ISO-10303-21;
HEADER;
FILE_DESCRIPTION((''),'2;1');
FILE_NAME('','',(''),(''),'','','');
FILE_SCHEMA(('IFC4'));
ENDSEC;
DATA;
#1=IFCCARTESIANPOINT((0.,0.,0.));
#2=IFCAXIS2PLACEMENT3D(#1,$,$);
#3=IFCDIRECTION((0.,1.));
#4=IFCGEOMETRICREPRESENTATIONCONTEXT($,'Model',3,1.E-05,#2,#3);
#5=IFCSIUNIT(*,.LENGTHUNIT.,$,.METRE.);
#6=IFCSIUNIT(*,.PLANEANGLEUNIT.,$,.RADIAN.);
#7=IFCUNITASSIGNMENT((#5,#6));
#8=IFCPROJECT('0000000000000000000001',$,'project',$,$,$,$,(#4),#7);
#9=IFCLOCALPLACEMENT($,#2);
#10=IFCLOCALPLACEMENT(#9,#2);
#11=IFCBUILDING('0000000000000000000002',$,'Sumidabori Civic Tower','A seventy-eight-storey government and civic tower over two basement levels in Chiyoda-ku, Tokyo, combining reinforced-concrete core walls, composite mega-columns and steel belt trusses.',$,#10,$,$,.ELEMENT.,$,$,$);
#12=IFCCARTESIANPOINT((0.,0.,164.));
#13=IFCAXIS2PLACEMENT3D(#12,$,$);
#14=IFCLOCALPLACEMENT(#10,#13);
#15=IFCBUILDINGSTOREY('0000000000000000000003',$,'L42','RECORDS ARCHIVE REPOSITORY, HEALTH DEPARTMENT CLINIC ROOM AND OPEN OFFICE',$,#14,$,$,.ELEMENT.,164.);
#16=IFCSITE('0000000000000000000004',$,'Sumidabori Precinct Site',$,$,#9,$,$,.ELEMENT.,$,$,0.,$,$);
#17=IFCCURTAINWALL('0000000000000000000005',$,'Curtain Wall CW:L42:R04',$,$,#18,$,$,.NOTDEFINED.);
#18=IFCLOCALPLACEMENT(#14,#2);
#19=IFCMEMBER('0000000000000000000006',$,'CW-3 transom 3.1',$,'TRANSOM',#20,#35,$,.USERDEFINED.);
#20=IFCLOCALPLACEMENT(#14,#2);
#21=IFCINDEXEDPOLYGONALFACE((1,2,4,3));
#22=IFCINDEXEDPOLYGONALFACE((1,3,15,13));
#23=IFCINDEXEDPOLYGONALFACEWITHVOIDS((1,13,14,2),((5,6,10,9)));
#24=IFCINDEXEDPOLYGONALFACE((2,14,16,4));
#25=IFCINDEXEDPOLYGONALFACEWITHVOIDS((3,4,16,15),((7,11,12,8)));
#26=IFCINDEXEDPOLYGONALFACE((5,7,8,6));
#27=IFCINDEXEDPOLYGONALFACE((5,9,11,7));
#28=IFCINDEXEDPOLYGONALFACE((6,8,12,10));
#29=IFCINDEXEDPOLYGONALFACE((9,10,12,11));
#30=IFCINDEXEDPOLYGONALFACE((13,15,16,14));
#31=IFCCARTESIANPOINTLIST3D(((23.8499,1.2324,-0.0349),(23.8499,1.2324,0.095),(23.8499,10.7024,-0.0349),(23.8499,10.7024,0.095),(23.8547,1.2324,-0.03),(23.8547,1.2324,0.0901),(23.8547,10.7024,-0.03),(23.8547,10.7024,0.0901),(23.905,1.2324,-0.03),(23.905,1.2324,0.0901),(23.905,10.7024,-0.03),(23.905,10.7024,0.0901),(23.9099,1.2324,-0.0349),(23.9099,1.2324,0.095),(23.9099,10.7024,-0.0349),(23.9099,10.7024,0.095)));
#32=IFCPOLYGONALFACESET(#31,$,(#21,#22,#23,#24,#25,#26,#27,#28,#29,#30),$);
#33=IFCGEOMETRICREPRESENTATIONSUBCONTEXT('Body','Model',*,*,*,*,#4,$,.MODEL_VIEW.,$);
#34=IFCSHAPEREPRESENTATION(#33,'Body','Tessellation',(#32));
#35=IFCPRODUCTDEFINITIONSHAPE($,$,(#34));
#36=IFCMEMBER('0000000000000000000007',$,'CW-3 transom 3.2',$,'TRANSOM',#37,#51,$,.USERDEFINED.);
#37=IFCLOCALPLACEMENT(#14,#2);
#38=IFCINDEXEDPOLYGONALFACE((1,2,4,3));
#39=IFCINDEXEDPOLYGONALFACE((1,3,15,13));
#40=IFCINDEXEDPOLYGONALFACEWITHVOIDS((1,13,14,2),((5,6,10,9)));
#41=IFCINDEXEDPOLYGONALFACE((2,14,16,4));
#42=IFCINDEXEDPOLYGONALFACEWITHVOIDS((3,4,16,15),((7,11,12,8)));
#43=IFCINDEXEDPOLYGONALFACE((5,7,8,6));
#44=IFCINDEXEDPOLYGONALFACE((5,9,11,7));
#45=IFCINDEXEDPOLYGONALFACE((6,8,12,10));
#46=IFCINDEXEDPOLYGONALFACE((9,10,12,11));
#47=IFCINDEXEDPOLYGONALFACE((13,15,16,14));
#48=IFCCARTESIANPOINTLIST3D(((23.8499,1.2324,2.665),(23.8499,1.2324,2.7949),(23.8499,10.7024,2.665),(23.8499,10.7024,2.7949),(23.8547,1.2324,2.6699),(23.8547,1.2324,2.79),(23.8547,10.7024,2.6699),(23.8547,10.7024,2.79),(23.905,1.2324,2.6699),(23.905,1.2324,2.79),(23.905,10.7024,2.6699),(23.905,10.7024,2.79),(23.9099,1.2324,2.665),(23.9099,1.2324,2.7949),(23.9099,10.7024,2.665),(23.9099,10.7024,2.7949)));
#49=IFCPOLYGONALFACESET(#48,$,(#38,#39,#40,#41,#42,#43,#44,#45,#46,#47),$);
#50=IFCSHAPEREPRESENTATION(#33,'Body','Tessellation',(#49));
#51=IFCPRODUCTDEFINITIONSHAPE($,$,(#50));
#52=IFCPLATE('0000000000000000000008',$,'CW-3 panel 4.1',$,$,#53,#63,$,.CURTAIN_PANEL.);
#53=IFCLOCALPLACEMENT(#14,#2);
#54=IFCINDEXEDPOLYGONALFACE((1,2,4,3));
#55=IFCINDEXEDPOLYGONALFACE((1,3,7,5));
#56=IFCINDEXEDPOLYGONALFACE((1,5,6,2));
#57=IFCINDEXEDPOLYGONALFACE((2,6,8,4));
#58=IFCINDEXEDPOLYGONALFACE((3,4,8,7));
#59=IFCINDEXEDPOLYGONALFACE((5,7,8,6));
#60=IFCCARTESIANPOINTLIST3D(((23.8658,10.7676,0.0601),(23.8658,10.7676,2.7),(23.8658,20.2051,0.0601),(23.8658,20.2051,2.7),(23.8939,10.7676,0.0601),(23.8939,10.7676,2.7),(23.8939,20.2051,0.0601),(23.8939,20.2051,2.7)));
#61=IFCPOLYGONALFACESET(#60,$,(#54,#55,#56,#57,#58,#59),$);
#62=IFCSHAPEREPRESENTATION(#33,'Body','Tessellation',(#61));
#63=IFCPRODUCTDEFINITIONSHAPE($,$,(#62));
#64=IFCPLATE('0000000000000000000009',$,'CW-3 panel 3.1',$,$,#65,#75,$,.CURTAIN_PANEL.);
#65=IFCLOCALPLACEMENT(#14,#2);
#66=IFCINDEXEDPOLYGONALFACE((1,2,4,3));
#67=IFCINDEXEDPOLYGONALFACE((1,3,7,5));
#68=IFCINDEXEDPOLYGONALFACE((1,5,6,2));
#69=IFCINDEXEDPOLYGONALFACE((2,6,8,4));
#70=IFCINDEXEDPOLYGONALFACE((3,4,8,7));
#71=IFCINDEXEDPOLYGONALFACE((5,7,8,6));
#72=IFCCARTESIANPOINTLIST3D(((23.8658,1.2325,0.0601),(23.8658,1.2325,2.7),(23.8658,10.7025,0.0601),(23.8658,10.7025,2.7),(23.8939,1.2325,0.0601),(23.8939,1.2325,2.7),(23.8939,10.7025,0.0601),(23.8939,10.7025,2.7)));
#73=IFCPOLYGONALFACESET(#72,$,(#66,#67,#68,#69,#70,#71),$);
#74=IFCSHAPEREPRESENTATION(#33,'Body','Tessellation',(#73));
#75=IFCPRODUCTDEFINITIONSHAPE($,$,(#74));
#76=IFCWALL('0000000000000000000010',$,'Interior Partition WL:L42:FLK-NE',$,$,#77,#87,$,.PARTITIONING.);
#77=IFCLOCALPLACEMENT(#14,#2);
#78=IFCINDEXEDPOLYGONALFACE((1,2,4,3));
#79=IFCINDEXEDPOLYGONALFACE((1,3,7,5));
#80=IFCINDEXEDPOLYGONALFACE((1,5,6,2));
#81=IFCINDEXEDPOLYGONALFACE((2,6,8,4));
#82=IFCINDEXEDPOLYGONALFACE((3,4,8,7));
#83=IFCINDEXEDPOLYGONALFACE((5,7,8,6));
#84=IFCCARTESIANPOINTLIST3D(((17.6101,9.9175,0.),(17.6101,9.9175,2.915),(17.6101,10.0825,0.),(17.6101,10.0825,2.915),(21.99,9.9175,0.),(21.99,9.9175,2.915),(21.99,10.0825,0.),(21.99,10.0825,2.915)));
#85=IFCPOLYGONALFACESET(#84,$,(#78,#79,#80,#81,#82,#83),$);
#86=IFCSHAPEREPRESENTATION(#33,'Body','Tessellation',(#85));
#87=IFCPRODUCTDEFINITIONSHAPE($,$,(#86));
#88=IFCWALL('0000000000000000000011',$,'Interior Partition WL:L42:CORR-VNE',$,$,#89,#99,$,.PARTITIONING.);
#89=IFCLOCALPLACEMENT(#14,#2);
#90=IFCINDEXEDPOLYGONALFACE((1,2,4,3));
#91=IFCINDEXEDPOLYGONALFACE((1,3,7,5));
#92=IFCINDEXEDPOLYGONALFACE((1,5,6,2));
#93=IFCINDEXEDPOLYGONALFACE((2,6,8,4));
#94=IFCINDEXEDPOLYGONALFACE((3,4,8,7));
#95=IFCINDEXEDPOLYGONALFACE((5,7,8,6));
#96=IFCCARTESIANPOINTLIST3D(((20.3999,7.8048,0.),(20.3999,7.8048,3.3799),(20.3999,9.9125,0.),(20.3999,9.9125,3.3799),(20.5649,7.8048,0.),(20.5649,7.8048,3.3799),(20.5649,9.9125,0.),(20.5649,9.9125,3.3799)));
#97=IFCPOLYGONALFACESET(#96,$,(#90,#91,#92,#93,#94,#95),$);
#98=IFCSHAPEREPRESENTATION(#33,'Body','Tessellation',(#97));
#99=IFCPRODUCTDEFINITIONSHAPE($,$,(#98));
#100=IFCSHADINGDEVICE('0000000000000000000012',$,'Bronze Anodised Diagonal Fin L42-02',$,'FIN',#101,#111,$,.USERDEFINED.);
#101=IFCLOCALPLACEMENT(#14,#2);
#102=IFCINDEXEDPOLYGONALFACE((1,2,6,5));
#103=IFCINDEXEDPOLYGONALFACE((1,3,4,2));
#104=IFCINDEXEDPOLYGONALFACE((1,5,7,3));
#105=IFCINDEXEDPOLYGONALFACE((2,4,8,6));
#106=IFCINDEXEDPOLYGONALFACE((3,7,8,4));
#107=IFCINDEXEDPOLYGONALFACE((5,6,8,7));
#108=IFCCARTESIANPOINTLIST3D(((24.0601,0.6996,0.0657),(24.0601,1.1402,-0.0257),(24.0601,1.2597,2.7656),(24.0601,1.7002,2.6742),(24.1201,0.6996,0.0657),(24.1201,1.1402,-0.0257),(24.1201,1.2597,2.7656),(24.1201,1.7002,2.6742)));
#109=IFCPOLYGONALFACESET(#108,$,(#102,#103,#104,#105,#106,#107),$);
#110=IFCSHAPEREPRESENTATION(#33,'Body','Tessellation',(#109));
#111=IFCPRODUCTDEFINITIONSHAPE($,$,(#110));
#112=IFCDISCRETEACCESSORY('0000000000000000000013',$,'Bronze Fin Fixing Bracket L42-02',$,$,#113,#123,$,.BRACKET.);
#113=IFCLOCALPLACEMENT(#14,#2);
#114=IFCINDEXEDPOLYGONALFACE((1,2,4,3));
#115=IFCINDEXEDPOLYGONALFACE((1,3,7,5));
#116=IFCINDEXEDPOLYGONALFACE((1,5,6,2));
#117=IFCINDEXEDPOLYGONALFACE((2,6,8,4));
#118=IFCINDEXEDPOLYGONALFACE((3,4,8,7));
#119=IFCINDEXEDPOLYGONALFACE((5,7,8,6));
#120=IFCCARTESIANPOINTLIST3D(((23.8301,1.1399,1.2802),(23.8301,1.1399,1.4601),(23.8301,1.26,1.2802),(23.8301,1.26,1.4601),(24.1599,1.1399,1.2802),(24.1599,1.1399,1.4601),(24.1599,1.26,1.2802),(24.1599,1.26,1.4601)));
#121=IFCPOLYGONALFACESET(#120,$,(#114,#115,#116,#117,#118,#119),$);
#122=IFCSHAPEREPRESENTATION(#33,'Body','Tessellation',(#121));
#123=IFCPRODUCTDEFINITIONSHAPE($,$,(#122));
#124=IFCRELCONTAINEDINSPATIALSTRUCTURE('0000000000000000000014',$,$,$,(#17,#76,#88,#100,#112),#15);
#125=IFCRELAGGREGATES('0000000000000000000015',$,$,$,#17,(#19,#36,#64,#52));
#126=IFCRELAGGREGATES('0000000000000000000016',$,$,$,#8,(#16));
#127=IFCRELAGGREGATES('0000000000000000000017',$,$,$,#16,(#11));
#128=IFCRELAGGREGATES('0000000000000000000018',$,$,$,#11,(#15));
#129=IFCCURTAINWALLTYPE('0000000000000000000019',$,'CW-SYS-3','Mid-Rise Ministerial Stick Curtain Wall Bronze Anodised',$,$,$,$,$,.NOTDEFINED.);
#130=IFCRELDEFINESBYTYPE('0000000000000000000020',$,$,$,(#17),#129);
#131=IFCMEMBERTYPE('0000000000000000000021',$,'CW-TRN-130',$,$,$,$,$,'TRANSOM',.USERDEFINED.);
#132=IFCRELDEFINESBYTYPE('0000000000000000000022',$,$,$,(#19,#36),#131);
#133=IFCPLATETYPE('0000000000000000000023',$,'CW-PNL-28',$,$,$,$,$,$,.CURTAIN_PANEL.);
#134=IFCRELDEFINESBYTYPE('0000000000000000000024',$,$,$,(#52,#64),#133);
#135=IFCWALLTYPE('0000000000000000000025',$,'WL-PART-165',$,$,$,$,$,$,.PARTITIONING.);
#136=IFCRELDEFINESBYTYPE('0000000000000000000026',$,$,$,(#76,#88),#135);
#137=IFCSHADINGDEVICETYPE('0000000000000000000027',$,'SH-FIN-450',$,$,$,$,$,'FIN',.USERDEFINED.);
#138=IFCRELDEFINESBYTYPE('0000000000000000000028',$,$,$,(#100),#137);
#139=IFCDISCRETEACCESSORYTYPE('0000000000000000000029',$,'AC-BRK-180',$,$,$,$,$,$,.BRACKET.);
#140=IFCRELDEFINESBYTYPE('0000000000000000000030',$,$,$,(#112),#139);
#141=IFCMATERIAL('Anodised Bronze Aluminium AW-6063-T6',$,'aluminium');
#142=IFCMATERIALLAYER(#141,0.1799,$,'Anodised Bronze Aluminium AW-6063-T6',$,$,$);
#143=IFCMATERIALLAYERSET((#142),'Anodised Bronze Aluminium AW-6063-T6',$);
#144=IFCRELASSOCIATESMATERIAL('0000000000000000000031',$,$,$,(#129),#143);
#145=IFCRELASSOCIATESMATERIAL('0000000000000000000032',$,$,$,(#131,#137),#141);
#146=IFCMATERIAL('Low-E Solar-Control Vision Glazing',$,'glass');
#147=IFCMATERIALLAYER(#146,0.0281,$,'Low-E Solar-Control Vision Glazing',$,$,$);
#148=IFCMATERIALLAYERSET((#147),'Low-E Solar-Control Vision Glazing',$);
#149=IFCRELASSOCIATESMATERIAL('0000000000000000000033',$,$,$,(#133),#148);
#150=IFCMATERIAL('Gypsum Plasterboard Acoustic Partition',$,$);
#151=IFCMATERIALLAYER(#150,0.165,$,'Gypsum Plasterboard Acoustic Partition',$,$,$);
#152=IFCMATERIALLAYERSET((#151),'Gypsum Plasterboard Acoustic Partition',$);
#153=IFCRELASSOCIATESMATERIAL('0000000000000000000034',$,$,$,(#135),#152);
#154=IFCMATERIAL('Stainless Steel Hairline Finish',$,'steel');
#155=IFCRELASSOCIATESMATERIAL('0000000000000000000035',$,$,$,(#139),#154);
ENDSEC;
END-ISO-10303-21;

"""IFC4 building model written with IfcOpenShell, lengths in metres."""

from ifc_helpers import new_model, si_unit, direction, frame, frame_2d, origin, origin_2d, place, context, subcontext, project, spatial, rectangle, hollow_rectangle, extrude, source, transform, mapped, material, layer, layer_set, material_profile, profile_set, type_object, element, aggregate, save


model = new_model("IFC4")

# Units and contexts
model_context = context("Model", 3, precision=1e-05, world=origin(), true_north=direction((0.0, 1.0)))
body_context = subcontext(model_context, "Body", "Model", "MODEL_VIEW")
ifc_project = project(units=[si_unit("LENGTHUNIT", "METRE"), si_unit("PLANEANGLEUNIT", "RADIAN")], contexts=[model_context])

# Site, building, storey
site_placement = place(None, origin())
site = spatial("IfcSite", under=ifc_project, at=site_placement, Name="Sumidabori Precinct Site", CompositionType="ELEMENT", RefElevation=0.0)
building_placement = place(site_placement, origin())
building = spatial("IfcBuilding", under=site, at=building_placement, Name="Sumidabori Civic Tower", Description="A seventy-eight-storey government and civic tower over two basement levels in Chiyoda-ku, Tokyo, combining reinforced-concrete core walls, composite mega-columns and steel belt trusses.", CompositionType="ELEMENT")
storey_placement = place(building_placement, frame((0.0, 0.0, 164.0)))
storey = spatial("IfcBuildingStorey", under=building, at=storey_placement, Name="L42", Description="RECORDS ARCHIVE REPOSITORY, HEALTH DEPARTMENT CLINIC ROOM AND OPEN OFFICE", CompositionType="ELEMENT", Elevation=164.0)

# Curtain wall, members, plates
ifc_material_1 = material(Name="Anodised Bronze Aluminium AW-6063-T6", Category="aluminium")
ifc_layer_1 = layer(ifc_material_1, 0.1799, Name="Anodised Bronze Aluminium AW-6063-T6")
ifc_layer_set_1 = layer_set([ifc_layer_1], Name="Anodised Bronze Aluminium AW-6063-T6")
curtain_wall_type = type_object("IfcCurtainWallType", Name="CW-SYS-3", Description="Mid-Rise Ministerial Stick Curtain Wall Bronze Anodised", PredefinedType="NOTDEFINED", material=ifc_layer_set_1)
curtain_wall_placement = place(storey_placement, origin())
curtain_wall = element("IfcCurtainWall", 1, at=curtain_wall_placement, inside=storey, type_object=curtain_wall_type, Name="Curtain Wall CW:L42:R04", PredefinedType="NOTDEFINED")
ifc_material_profile_1 = material_profile(ifc_material_1, hollow_rectangle(XDim=0.0601, YDim=0.1299, WallThickness=0.0049, at=origin_2d()), Name="ALU TRANSOM 130x60")
ifc_profile_set_1 = profile_set([ifc_material_profile_1], Name="Anodised Bronze Aluminium AW-6063-T6")
member_type_1 = type_object("IfcMemberType", Name="CW-TRN-130", ElementType="TRANSOM", PredefinedType="USERDEFINED", material=ifc_profile_set_1)
shared_shape_1 = source(origin(), body_context, "Body", "SweptSolid", [
    extrude(hollow_rectangle(XDim=0.0601, YDim=0.1299, WallThickness=0.0049, at=origin_2d()), origin(), (0.0, 0.0, 1.0), 9.47),
])
member_1_placement = place(storey_placement, frame((23.8799, 1.2324, 0.03), z_axis=(0.0, 1.0, 0.0), x_axis=(-1.0, 0.0, 0.0)))
member_1 = element("IfcMember", 2, at=member_1_placement, type_object=member_type_1, Name="CW-3 transom 3.1", ObjectType="TRANSOM", PredefinedType="USERDEFINED", context=body_context, shape_type="MappedRepresentation", body=[
    mapped(shared_shape_1, transform((0.0, 0.0, 0.0), x_axis=(1.0, 0.0, 0.0), y_axis=(0.0, 1.0, 0.0), z_axis=(0.0, 0.0, 1.0), scale=1.0)),
])
member_2_placement = place(storey_placement, frame((23.8799, 1.2324, 2.73), z_axis=(0.0, 1.0, 0.0), x_axis=(-1.0, 0.0, 0.0)))
member_2 = element("IfcMember", 3, at=member_2_placement, type_object=member_type_1, Name="CW-3 transom 3.2", ObjectType="TRANSOM", PredefinedType="USERDEFINED", context=body_context, shape_type="MappedRepresentation", body=[
    mapped(shared_shape_1, transform((0.0, 0.0, 0.0), x_axis=(1.0, 0.0, 0.0), y_axis=(0.0, 1.0, 0.0), z_axis=(0.0, 0.0, 1.0), scale=1.0)),
])
ifc_material_2 = material(Name="Low-E Solar-Control Vision Glazing", Category="glass")
ifc_layer_2 = layer(ifc_material_2, 0.0281, Name="Low-E Solar-Control Vision Glazing")
ifc_layer_set_2 = layer_set([ifc_layer_2], Name="Low-E Solar-Control Vision Glazing")
plate_type = type_object("IfcPlateType", Name="CW-PNL-28", PredefinedType="CURTAIN_PANEL", material=ifc_layer_set_2)
shared_shape_2 = source(origin(), body_context, "Body", "SweptSolid", [
    extrude(rectangle(XDim=9.4375, YDim=0.0281, at=origin_2d()), origin(), (0.0, 0.0, 1.0), 2.6399),
])
plate_1_placement = place(storey_placement, frame((23.8799, 15.4863, 0.0601), z_axis=(0.0, 0.0, 1.0), x_axis=(0.0, 1.0, 0.0)))
plate_1 = element("IfcPlate", 4, at=plate_1_placement, type_object=plate_type, Name="CW-3 panel 4.1", PredefinedType="CURTAIN_PANEL", context=body_context, shape_type="MappedRepresentation", body=[
    mapped(shared_shape_2, transform((0.0, 0.0, 0.0), x_axis=(1.0, 0.0, 0.0), y_axis=(0.0, 1.0, 0.0), z_axis=(0.0, 0.0, 1.0), scale=1.0)),
])
shared_shape_3 = source(origin(), body_context, "Body", "SweptSolid", [
    extrude(rectangle(XDim=9.47, YDim=0.0281, at=origin_2d()), origin(), (0.0, 0.0, 1.0), 2.6399),
])
plate_2_placement = place(storey_placement, frame((23.8799, 5.9675, 0.0601), z_axis=(0.0, 0.0, 1.0), x_axis=(0.0, 1.0, 0.0)))
plate_2 = element("IfcPlate", 5, at=plate_2_placement, type_object=plate_type, Name="CW-3 panel 3.1", PredefinedType="CURTAIN_PANEL", context=body_context, shape_type="MappedRepresentation", body=[
    mapped(shared_shape_3, transform((0.0, 0.0, 0.0), x_axis=(1.0, 0.0, 0.0), y_axis=(0.0, 1.0, 0.0), z_axis=(0.0, 0.0, 1.0), scale=1.0)),
])
aggregate(curtain_wall, [member_1, member_2, plate_2, plate_1])

# Walls
ifc_material_3 = material(Name="Gypsum Plasterboard Acoustic Partition")
ifc_layer_3 = layer(ifc_material_3, 0.165, Name="Gypsum Plasterboard Acoustic Partition")
ifc_layer_set_3 = layer_set([ifc_layer_3], Name="Gypsum Plasterboard Acoustic Partition")
wall_type = type_object("IfcWallType", Name="WL-PART-165", PredefinedType="PARTITIONING", material=ifc_layer_set_3)
shared_shape_4 = source(origin(), body_context, "Body", "SweptSolid", [
    extrude(rectangle(XDim=4.3799, YDim=0.165, at=frame_2d((2.1899, 0.0))), origin(), (0.0, 0.0, 1.0), 2.915),
])
wall_1_placement = place(storey_placement, frame((17.6101, 10.0, 0.0), z_axis=(0.0, 0.0, 1.0), x_axis=(1.0, 0.0, 0.0)))
element("IfcWall", 6, at=wall_1_placement, inside=storey, type_object=wall_type, Name="Interior Partition WL:L42:FLK-NE", PredefinedType="PARTITIONING", context=body_context, shape_type="MappedRepresentation", body=[
    mapped(shared_shape_4, transform((0.0, 0.0, 0.0), x_axis=(1.0, 0.0, 0.0), y_axis=(0.0, 1.0, 0.0), z_axis=(0.0, 0.0, 1.0), scale=1.0)),
])
shared_shape_5 = source(origin(), body_context, "Body", "SweptSolid", [
    extrude(rectangle(XDim=2.1077, YDim=0.165, at=frame_2d((1.0537, 0.0))), origin(), (0.0, 0.0, 1.0), 3.3799),
])
wall_2_placement = place(storey_placement, frame((20.4824, 7.8049, 0.0), z_axis=(0.0, 0.0, 1.0), x_axis=(0.0, 1.0, 0.0)))
element("IfcWall", 7, at=wall_2_placement, inside=storey, type_object=wall_type, Name="Interior Partition WL:L42:CORR-VNE", PredefinedType="PARTITIONING", context=body_context, shape_type="MappedRepresentation", body=[
    mapped(shared_shape_5, transform((0.0, 0.0, 0.0), x_axis=(1.0, 0.0, 0.0), y_axis=(0.0, 1.0, 0.0), z_axis=(0.0, 0.0, 1.0), scale=1.0)),
])

# Shading device
ifc_material_profile_2 = material_profile(ifc_material_1, rectangle(XDim=0.0601, YDim=0.45, at=origin_2d()), Name="BRONZE FIN 450x60")
ifc_profile_set_2 = profile_set([ifc_material_profile_2], Name="Anodised Bronze Aluminium AW-6063-T6")
shading_device_type = type_object("IfcShadingDeviceType", Name="SH-FIN-450", ElementType="FIN", PredefinedType="USERDEFINED", material=ifc_profile_set_2)
shared_shape_6 = source(origin(), body_context, "Body", "SweptSolid", [
    extrude(rectangle(XDim=0.0601, YDim=0.45, at=origin_2d()), origin(), (0.0, 0.0, 1.0), 2.7573),
])
shading_device_placement = place(storey_placement, frame((24.0901, 0.9199, 0.02), z_axis=(0.0, 0.203109, 0.979156), x_axis=(-1.0, 0.0, 0.0)))
element("IfcShadingDevice", 8, at=shading_device_placement, inside=storey, type_object=shading_device_type, Name="Bronze Anodised Diagonal Fin L42-02", ObjectType="FIN", PredefinedType="USERDEFINED", context=body_context, shape_type="MappedRepresentation", body=[
    mapped(shared_shape_6, transform((0.0, 0.0, 0.0), x_axis=(1.0, 0.0, 0.0), y_axis=(0.0, 1.0, 0.0), z_axis=(0.0, 0.0, 1.0), scale=1.0)),
])

# Discrete accessory
ifc_material_4 = material(Name="Stainless Steel Hairline Finish", Category="steel")
ifc_material_profile_3 = material_profile(ifc_material_4, rectangle(XDim=0.1201, YDim=0.1799, at=origin_2d()), Name="STEEL BRACKET 180x120")
ifc_profile_set_3 = profile_set([ifc_material_profile_3], Name="Stainless Steel Hairline Finish")
discrete_accessory_type = type_object("IfcDiscreteAccessoryType", Name="AC-BRK-180", PredefinedType="BRACKET", material=ifc_profile_set_3)
shared_shape_7 = source(origin(), body_context, "Body", "SweptSolid", [
    extrude(rectangle(XDim=0.1201, YDim=0.1799, at=origin_2d()), origin(), (0.0, 0.0, 1.0), 0.3298),
])
discrete_accessory_placement = place(storey_placement, frame((23.8301, 1.2, 1.3701), z_axis=(1.0, 0.0, 0.0), x_axis=(0.0, 1.0, 0.0)))
element("IfcDiscreteAccessory", 9, at=discrete_accessory_placement, inside=storey, type_object=discrete_accessory_type, Name="Bronze Fin Fixing Bracket L42-02", PredefinedType="BRACKET", context=body_context, shape_type="MappedRepresentation", body=[
    mapped(shared_shape_7, transform((0.0, 0.0, 0.0), x_axis=(1.0, 0.0, 0.0), y_axis=(0.0, 1.0, 0.0), z_axis=(0.0, 0.0, 1.0), scale=1.0)),
])

save(model, "model.ifc")
